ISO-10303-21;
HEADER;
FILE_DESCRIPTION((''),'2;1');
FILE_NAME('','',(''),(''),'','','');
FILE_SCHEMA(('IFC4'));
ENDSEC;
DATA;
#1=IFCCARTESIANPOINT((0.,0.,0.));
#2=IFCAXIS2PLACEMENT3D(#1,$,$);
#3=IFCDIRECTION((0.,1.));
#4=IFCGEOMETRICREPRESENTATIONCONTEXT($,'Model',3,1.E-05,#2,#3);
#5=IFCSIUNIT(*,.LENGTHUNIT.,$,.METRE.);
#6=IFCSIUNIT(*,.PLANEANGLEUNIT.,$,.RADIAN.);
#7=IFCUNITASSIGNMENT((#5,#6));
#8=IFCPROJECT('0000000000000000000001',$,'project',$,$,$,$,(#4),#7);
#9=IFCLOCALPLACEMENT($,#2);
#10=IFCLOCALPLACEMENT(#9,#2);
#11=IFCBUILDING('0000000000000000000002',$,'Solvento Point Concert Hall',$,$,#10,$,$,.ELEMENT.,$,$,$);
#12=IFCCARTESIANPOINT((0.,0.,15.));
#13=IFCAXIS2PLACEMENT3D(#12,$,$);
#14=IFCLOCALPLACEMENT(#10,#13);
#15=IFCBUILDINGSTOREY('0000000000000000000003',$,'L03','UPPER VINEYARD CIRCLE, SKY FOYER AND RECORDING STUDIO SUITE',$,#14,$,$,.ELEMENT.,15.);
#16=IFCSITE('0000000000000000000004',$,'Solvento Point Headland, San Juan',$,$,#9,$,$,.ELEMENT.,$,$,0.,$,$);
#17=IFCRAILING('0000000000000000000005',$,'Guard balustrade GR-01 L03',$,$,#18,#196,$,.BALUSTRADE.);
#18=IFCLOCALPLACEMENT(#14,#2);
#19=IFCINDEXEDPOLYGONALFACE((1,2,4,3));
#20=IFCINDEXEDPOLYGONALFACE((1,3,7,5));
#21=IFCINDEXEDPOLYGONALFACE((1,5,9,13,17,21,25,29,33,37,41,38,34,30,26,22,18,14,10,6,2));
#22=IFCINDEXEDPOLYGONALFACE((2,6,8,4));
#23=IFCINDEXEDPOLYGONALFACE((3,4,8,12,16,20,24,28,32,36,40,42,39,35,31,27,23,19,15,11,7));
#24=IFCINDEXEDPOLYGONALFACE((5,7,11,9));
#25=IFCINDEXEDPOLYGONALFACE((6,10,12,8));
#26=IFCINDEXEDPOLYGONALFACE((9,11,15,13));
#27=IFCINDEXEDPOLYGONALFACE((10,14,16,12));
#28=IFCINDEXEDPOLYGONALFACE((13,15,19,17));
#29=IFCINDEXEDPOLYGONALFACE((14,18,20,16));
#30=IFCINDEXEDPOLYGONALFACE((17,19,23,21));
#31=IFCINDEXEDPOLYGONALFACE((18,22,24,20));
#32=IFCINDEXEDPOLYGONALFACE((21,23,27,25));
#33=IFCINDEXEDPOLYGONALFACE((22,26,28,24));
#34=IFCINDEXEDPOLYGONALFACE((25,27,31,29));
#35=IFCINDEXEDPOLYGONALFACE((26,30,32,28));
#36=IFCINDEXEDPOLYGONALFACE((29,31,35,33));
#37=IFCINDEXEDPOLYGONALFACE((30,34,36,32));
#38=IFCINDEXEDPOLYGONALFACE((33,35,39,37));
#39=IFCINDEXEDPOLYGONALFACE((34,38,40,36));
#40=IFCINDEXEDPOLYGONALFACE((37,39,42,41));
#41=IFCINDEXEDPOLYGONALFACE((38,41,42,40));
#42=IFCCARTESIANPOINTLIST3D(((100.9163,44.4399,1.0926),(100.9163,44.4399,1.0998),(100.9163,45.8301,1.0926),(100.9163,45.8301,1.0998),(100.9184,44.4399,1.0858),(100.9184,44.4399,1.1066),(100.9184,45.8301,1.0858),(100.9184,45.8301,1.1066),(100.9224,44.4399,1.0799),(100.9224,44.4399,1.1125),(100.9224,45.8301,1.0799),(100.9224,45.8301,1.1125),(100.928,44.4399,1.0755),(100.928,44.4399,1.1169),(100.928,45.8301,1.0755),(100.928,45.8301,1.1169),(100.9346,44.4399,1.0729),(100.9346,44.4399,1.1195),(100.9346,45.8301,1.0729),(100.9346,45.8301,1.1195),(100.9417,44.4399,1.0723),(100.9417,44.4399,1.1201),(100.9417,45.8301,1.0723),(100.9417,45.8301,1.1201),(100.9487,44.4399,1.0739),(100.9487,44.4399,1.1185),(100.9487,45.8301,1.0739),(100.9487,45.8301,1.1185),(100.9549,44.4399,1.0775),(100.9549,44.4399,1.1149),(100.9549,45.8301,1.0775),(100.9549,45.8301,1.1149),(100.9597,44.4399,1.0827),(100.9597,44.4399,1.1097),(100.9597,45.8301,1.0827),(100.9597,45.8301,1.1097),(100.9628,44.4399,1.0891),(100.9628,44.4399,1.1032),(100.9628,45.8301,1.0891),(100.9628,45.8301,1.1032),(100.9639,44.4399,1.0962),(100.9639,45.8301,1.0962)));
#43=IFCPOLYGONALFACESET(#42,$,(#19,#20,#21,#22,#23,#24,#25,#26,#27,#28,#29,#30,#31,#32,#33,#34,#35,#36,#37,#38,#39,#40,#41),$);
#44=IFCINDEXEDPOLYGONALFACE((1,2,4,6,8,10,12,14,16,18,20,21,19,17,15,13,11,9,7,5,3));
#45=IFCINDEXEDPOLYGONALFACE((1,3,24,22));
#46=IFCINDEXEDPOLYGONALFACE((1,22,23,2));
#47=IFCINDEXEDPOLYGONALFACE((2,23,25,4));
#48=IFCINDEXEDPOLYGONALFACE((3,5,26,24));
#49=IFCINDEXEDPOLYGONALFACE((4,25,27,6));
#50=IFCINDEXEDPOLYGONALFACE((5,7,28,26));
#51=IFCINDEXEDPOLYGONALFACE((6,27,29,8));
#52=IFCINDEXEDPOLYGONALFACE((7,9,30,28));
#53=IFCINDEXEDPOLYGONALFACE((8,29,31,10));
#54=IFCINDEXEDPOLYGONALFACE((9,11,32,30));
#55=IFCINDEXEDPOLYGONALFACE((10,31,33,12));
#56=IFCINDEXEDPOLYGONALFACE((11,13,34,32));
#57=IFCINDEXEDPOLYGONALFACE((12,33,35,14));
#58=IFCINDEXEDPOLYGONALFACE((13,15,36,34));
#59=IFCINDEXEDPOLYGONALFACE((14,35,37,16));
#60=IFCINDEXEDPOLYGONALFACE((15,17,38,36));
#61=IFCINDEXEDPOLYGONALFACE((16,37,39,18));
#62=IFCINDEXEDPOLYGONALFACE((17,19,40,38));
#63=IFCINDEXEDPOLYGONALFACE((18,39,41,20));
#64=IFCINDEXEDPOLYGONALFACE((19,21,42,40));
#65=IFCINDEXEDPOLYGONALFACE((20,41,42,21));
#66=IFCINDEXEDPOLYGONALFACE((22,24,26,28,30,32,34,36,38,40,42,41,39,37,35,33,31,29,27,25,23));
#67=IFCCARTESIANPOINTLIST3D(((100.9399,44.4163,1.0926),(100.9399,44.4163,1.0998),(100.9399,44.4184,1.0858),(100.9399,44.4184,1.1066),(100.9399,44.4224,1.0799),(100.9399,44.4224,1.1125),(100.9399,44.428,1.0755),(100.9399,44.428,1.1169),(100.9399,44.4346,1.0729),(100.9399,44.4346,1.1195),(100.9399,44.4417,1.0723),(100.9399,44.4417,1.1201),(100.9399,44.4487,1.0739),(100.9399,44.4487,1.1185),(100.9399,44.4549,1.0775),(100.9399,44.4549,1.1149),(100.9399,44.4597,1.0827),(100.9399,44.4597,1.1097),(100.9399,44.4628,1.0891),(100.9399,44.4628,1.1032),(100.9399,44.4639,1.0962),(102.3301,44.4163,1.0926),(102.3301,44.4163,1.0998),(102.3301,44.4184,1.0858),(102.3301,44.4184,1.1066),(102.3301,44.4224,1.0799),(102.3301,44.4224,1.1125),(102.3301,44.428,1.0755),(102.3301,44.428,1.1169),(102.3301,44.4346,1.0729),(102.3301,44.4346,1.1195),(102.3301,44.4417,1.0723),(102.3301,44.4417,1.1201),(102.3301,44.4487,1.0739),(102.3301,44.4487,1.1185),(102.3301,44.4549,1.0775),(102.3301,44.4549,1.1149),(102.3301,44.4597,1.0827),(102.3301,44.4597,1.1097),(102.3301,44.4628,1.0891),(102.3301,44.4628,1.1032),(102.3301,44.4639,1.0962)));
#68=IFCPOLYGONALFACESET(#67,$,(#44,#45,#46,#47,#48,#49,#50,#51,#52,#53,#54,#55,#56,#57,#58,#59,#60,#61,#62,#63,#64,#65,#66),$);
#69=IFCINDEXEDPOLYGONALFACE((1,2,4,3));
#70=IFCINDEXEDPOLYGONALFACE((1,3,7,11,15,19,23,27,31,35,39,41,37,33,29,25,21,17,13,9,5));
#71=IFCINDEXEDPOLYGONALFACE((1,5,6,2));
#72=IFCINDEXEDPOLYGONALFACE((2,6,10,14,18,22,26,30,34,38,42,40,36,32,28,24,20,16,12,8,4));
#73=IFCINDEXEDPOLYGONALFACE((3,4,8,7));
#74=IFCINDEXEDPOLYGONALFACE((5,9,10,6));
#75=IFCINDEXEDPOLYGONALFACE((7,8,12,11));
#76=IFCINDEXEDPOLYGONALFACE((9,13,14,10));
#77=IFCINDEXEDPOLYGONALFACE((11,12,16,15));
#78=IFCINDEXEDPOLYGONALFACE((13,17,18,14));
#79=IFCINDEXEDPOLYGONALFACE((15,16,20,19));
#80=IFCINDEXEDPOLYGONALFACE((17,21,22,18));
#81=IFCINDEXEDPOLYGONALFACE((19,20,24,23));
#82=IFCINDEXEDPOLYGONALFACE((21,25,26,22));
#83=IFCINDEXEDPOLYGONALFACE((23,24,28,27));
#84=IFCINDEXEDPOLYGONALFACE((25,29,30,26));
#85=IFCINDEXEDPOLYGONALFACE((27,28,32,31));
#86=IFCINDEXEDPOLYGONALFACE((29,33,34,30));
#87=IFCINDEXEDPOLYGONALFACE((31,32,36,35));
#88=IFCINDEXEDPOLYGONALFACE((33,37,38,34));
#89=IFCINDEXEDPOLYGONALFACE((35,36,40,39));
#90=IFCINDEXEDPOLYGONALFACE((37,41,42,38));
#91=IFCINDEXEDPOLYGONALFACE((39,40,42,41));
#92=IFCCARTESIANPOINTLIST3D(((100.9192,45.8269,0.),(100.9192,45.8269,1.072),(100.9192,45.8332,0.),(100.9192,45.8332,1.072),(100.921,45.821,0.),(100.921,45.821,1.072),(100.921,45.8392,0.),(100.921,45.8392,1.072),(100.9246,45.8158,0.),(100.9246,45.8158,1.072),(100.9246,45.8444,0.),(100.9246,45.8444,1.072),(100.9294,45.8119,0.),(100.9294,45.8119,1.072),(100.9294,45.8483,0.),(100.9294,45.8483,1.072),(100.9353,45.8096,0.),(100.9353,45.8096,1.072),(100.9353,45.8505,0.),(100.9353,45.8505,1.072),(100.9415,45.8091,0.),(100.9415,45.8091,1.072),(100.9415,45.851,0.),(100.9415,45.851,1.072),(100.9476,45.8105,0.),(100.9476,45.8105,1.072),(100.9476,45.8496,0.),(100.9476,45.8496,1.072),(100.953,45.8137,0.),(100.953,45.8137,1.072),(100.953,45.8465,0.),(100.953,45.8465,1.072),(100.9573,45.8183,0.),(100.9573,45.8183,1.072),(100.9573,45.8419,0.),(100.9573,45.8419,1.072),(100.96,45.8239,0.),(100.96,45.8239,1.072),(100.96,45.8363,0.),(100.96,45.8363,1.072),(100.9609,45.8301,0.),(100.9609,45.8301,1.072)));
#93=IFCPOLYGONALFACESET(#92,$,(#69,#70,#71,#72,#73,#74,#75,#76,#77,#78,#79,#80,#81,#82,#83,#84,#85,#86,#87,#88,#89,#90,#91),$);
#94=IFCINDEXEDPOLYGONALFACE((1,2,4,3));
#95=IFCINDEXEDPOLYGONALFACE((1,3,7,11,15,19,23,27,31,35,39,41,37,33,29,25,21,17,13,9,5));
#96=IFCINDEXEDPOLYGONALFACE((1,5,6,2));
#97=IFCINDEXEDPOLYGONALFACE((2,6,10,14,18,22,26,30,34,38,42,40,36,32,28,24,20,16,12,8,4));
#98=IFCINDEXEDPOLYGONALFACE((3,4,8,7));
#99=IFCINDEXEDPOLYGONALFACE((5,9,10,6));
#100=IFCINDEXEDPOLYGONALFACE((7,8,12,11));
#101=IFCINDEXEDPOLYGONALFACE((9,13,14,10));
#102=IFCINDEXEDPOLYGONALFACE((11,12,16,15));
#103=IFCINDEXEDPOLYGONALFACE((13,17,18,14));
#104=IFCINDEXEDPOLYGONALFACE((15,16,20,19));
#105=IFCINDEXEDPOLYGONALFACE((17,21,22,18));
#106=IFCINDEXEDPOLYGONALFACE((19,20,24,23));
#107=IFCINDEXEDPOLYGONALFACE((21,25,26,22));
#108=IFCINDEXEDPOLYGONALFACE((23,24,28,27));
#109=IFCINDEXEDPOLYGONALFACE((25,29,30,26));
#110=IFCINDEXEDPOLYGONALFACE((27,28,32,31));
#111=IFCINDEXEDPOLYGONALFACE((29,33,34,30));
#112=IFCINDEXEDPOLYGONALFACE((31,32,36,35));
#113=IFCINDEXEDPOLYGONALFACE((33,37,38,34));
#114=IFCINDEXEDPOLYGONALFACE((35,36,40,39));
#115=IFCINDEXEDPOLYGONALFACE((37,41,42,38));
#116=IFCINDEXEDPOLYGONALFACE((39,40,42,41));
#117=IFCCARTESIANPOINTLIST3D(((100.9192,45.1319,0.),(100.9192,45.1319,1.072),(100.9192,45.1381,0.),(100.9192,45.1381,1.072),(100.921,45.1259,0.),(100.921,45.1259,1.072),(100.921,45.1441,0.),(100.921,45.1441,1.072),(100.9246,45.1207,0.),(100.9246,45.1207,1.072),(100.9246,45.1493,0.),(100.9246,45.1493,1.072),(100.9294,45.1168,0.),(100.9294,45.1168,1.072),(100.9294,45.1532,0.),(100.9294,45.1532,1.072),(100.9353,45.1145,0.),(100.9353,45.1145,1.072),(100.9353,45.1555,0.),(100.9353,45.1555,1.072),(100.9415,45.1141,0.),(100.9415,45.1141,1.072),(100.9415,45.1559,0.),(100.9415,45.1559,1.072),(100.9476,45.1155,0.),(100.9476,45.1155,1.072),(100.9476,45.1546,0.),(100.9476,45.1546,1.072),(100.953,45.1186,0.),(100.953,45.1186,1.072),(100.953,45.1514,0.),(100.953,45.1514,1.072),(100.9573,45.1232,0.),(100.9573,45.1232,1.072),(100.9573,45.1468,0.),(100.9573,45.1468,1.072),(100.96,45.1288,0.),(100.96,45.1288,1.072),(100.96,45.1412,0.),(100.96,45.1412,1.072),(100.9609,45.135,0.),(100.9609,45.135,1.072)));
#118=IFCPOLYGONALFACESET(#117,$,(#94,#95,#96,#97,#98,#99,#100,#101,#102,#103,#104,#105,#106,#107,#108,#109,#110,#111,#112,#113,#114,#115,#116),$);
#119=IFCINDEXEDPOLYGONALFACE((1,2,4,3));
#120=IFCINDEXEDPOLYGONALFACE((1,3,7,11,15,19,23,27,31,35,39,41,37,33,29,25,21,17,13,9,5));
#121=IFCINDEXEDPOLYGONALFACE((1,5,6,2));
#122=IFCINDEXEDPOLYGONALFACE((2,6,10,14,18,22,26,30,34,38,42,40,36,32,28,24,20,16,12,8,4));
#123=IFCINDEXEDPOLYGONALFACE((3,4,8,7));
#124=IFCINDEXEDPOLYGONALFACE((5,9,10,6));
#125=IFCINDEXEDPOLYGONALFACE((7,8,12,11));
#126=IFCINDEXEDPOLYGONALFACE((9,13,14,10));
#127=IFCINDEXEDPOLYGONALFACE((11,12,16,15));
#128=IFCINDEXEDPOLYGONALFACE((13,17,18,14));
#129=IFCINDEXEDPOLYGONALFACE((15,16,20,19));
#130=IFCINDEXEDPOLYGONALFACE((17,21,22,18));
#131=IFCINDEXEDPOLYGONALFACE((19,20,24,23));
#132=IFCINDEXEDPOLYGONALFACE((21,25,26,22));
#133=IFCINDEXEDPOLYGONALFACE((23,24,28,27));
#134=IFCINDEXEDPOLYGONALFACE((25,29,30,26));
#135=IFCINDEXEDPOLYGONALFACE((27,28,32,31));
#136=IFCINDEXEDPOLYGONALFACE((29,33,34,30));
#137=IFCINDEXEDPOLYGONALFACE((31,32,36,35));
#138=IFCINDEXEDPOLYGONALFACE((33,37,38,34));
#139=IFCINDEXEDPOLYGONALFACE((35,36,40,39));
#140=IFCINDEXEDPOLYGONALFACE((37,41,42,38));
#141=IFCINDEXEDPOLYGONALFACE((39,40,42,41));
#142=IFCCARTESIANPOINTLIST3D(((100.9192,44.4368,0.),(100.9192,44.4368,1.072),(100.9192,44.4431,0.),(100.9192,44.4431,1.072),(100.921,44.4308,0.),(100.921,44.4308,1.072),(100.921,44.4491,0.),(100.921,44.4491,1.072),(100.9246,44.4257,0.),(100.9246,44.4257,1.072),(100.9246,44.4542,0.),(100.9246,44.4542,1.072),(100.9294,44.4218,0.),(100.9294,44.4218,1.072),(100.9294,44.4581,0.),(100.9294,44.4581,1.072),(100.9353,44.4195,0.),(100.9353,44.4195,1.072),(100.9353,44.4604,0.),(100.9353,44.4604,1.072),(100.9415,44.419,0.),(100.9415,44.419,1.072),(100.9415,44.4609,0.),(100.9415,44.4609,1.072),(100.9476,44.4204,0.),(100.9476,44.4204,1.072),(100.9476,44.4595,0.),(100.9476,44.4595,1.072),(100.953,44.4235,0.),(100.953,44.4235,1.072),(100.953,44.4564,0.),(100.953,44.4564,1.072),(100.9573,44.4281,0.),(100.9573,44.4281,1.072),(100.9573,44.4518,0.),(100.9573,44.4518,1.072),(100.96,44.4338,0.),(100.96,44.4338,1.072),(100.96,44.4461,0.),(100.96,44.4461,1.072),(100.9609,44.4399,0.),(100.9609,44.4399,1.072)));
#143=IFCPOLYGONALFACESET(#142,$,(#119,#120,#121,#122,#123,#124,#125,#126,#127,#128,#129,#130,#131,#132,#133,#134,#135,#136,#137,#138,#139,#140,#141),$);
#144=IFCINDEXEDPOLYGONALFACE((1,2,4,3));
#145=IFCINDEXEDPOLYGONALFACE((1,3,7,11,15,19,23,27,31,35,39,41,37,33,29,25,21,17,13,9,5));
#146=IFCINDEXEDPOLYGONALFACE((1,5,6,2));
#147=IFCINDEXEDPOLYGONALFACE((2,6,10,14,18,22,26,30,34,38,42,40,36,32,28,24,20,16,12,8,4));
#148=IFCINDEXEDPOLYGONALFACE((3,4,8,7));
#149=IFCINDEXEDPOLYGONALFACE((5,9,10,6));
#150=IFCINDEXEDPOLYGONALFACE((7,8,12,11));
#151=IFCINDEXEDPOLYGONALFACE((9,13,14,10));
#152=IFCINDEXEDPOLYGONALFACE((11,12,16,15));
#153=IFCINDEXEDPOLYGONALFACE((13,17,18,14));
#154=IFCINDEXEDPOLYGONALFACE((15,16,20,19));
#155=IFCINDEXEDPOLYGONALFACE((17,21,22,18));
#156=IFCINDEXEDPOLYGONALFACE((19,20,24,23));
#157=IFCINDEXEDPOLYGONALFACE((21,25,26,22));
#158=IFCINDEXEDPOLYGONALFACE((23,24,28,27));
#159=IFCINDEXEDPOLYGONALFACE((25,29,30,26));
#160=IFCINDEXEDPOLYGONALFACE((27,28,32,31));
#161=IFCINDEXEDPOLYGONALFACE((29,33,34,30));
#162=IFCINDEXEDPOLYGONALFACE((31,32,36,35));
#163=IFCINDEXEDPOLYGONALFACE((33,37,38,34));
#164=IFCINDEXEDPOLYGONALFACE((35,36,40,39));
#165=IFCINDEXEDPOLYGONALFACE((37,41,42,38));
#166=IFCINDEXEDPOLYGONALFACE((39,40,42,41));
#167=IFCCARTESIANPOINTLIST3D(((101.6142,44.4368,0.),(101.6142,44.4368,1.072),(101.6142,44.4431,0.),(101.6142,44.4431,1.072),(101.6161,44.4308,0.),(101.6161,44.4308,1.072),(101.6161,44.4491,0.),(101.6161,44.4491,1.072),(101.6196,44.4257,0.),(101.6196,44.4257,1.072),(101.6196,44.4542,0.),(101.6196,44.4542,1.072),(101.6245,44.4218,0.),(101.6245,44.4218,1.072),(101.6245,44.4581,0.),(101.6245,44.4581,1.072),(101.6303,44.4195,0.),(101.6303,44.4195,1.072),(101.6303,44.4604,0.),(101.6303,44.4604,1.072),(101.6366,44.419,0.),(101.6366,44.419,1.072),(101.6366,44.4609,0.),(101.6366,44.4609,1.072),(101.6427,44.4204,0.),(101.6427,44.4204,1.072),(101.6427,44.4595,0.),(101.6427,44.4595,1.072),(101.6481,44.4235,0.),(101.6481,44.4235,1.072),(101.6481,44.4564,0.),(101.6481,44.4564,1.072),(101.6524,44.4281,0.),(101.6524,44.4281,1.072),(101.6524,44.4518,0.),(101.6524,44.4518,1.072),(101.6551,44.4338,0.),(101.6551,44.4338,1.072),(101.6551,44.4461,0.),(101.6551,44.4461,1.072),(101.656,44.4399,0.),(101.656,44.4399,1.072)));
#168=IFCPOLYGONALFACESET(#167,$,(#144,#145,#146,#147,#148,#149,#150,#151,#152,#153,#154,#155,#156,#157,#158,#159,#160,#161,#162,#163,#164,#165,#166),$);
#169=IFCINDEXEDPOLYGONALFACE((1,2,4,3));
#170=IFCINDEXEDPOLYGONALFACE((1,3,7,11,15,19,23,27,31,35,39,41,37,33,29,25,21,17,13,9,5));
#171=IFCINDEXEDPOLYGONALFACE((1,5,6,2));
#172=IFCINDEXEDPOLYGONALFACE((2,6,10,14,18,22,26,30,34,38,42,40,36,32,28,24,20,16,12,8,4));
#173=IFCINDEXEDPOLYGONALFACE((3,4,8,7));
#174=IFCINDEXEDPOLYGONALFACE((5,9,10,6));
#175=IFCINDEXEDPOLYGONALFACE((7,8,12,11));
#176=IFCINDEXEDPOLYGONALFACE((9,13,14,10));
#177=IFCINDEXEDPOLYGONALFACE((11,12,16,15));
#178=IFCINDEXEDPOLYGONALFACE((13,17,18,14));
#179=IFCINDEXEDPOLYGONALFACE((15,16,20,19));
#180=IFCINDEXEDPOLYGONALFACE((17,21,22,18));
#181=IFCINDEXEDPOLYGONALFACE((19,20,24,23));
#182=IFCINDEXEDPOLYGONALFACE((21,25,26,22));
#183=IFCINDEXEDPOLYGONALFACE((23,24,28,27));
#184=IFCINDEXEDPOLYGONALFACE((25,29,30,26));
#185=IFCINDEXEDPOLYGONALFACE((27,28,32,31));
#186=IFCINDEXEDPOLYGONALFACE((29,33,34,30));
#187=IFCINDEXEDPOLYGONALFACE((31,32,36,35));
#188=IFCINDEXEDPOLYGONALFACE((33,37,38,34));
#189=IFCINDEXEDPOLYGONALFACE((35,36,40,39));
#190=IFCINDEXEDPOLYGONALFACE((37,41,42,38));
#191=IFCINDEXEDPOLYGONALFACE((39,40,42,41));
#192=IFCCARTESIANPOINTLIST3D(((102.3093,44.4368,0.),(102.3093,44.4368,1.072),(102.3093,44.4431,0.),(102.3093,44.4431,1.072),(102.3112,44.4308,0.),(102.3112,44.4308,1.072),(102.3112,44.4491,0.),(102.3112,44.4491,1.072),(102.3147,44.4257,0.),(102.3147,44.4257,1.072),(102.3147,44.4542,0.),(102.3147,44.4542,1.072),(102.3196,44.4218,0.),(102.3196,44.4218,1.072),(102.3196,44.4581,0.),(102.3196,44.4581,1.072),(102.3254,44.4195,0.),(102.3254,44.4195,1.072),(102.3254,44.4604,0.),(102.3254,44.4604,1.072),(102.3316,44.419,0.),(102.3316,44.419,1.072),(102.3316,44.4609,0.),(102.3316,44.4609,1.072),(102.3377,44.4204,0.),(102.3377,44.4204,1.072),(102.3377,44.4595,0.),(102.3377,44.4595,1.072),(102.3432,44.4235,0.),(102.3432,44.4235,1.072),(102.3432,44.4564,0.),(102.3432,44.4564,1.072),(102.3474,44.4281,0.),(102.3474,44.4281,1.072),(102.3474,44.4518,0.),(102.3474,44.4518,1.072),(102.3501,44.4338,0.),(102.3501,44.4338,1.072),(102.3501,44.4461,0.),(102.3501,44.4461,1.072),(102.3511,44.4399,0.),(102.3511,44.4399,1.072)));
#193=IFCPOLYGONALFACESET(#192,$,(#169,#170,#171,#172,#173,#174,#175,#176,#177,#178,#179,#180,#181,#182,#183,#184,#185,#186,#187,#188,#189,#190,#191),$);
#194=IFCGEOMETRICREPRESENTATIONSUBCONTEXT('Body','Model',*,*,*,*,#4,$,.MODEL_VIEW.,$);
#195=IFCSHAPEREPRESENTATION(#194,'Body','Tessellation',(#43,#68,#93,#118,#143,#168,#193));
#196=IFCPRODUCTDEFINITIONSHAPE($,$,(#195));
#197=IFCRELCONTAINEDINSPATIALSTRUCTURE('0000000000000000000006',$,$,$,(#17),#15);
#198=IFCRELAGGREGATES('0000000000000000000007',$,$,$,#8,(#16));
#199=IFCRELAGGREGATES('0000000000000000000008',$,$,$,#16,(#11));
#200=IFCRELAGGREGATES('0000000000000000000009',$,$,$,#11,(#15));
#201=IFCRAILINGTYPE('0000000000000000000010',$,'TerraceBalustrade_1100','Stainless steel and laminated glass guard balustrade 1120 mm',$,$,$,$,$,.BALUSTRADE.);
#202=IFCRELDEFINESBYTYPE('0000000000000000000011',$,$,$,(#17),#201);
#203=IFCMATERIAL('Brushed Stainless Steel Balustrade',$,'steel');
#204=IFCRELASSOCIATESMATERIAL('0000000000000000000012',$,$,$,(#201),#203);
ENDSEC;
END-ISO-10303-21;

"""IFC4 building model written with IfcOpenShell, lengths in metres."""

from ifc_helpers import new_model, si_unit, direction, frame, origin, origin_2d, place, context, subcontext, project, spatial, circle, extrude, material, type_object, element, save


model = new_model("IFC4")

# Units and contexts
model_context = context("Model", 3, precision=1e-05, world=origin(), true_north=direction((0.0, 1.0)))
body_context = subcontext(model_context, "Body", "Model", "MODEL_VIEW")
ifc_project = project(units=[si_unit("LENGTHUNIT", "METRE"), si_unit("PLANEANGLEUNIT", "RADIAN")], contexts=[model_context])

# Site, building, storey
site_placement = place(None, origin())
site = spatial("IfcSite", under=ifc_project, at=site_placement, Name="Solvento Point Headland, San Juan", CompositionType="ELEMENT", RefElevation=0.0)
building_placement = place(site_placement, origin())
building = spatial("IfcBuilding", under=site, at=building_placement, Name="Solvento Point Concert Hall", CompositionType="ELEMENT")
storey_placement = place(building_placement, frame((0.0, 0.0, 15.0)))
storey = spatial("IfcBuildingStorey", under=building, at=storey_placement, Name="L03", Description="UPPER VINEYARD CIRCLE, SKY FOYER AND RECORDING STUDIO SUITE", CompositionType="ELEMENT", Elevation=15.0)

# Railing
ifc_material_1 = material(Name="Brushed Stainless Steel Balustrade", Category="steel")
railing_type_1 = type_object("IfcRailingType", Name="TerraceBalustrade_1100", Description="Stainless steel and laminated glass guard balustrade 1120 mm", PredefinedType="BALUSTRADE", material=ifc_material_1)
railing_1_placement = place(storey_placement, frame((100.9399, 45.8301, 0.0)))
element("IfcRailing", 1, at=railing_1_placement, inside=storey, type_object=railing_type_1, Name="Guard balustrade GR-01 L03", PredefinedType="BALUSTRADE", context=body_context, shape_type="SweptSolid", body=[
    extrude(circle(Radius=0.0239, at=origin_2d()), frame((0.0, 0.0, 1.0962), z_axis=(0.0, -1.0, 0.0), x_axis=(1.0, 0.0, 0.0)), (0.0, 0.0, 1.0), 1.3901),
    extrude(circle(Radius=0.0239, at=origin_2d()), frame((0.0, -1.3901, 1.0962), z_axis=(1.0, 0.0, 0.0), x_axis=(0.0, 1.0, 0.0)), (0.0, 0.0, 1.0), 1.3901),
    extrude(circle(Radius=0.021, at=origin_2d()), origin(), (0.0, 0.0, 1.0), 1.072),
    extrude(circle(Radius=0.021, at=origin_2d()), frame((0.0, -0.6951, 0.0)), (0.0, 0.0, 1.0), 1.072),
    extrude(circle(Radius=0.021, at=origin_2d()), frame((0.0, -1.3901, 0.0)), (0.0, 0.0, 1.0), 1.072),
    extrude(circle(Radius=0.021, at=origin_2d()), frame((0.6951, -1.3901, 0.0)), (0.0, 0.0, 1.0), 1.072),
    extrude(circle(Radius=0.021, at=origin_2d()), frame((1.3901, -1.3901, 0.0)), (0.0, 0.0, 1.0), 1.072),
])

save(model, "model.ifc")
